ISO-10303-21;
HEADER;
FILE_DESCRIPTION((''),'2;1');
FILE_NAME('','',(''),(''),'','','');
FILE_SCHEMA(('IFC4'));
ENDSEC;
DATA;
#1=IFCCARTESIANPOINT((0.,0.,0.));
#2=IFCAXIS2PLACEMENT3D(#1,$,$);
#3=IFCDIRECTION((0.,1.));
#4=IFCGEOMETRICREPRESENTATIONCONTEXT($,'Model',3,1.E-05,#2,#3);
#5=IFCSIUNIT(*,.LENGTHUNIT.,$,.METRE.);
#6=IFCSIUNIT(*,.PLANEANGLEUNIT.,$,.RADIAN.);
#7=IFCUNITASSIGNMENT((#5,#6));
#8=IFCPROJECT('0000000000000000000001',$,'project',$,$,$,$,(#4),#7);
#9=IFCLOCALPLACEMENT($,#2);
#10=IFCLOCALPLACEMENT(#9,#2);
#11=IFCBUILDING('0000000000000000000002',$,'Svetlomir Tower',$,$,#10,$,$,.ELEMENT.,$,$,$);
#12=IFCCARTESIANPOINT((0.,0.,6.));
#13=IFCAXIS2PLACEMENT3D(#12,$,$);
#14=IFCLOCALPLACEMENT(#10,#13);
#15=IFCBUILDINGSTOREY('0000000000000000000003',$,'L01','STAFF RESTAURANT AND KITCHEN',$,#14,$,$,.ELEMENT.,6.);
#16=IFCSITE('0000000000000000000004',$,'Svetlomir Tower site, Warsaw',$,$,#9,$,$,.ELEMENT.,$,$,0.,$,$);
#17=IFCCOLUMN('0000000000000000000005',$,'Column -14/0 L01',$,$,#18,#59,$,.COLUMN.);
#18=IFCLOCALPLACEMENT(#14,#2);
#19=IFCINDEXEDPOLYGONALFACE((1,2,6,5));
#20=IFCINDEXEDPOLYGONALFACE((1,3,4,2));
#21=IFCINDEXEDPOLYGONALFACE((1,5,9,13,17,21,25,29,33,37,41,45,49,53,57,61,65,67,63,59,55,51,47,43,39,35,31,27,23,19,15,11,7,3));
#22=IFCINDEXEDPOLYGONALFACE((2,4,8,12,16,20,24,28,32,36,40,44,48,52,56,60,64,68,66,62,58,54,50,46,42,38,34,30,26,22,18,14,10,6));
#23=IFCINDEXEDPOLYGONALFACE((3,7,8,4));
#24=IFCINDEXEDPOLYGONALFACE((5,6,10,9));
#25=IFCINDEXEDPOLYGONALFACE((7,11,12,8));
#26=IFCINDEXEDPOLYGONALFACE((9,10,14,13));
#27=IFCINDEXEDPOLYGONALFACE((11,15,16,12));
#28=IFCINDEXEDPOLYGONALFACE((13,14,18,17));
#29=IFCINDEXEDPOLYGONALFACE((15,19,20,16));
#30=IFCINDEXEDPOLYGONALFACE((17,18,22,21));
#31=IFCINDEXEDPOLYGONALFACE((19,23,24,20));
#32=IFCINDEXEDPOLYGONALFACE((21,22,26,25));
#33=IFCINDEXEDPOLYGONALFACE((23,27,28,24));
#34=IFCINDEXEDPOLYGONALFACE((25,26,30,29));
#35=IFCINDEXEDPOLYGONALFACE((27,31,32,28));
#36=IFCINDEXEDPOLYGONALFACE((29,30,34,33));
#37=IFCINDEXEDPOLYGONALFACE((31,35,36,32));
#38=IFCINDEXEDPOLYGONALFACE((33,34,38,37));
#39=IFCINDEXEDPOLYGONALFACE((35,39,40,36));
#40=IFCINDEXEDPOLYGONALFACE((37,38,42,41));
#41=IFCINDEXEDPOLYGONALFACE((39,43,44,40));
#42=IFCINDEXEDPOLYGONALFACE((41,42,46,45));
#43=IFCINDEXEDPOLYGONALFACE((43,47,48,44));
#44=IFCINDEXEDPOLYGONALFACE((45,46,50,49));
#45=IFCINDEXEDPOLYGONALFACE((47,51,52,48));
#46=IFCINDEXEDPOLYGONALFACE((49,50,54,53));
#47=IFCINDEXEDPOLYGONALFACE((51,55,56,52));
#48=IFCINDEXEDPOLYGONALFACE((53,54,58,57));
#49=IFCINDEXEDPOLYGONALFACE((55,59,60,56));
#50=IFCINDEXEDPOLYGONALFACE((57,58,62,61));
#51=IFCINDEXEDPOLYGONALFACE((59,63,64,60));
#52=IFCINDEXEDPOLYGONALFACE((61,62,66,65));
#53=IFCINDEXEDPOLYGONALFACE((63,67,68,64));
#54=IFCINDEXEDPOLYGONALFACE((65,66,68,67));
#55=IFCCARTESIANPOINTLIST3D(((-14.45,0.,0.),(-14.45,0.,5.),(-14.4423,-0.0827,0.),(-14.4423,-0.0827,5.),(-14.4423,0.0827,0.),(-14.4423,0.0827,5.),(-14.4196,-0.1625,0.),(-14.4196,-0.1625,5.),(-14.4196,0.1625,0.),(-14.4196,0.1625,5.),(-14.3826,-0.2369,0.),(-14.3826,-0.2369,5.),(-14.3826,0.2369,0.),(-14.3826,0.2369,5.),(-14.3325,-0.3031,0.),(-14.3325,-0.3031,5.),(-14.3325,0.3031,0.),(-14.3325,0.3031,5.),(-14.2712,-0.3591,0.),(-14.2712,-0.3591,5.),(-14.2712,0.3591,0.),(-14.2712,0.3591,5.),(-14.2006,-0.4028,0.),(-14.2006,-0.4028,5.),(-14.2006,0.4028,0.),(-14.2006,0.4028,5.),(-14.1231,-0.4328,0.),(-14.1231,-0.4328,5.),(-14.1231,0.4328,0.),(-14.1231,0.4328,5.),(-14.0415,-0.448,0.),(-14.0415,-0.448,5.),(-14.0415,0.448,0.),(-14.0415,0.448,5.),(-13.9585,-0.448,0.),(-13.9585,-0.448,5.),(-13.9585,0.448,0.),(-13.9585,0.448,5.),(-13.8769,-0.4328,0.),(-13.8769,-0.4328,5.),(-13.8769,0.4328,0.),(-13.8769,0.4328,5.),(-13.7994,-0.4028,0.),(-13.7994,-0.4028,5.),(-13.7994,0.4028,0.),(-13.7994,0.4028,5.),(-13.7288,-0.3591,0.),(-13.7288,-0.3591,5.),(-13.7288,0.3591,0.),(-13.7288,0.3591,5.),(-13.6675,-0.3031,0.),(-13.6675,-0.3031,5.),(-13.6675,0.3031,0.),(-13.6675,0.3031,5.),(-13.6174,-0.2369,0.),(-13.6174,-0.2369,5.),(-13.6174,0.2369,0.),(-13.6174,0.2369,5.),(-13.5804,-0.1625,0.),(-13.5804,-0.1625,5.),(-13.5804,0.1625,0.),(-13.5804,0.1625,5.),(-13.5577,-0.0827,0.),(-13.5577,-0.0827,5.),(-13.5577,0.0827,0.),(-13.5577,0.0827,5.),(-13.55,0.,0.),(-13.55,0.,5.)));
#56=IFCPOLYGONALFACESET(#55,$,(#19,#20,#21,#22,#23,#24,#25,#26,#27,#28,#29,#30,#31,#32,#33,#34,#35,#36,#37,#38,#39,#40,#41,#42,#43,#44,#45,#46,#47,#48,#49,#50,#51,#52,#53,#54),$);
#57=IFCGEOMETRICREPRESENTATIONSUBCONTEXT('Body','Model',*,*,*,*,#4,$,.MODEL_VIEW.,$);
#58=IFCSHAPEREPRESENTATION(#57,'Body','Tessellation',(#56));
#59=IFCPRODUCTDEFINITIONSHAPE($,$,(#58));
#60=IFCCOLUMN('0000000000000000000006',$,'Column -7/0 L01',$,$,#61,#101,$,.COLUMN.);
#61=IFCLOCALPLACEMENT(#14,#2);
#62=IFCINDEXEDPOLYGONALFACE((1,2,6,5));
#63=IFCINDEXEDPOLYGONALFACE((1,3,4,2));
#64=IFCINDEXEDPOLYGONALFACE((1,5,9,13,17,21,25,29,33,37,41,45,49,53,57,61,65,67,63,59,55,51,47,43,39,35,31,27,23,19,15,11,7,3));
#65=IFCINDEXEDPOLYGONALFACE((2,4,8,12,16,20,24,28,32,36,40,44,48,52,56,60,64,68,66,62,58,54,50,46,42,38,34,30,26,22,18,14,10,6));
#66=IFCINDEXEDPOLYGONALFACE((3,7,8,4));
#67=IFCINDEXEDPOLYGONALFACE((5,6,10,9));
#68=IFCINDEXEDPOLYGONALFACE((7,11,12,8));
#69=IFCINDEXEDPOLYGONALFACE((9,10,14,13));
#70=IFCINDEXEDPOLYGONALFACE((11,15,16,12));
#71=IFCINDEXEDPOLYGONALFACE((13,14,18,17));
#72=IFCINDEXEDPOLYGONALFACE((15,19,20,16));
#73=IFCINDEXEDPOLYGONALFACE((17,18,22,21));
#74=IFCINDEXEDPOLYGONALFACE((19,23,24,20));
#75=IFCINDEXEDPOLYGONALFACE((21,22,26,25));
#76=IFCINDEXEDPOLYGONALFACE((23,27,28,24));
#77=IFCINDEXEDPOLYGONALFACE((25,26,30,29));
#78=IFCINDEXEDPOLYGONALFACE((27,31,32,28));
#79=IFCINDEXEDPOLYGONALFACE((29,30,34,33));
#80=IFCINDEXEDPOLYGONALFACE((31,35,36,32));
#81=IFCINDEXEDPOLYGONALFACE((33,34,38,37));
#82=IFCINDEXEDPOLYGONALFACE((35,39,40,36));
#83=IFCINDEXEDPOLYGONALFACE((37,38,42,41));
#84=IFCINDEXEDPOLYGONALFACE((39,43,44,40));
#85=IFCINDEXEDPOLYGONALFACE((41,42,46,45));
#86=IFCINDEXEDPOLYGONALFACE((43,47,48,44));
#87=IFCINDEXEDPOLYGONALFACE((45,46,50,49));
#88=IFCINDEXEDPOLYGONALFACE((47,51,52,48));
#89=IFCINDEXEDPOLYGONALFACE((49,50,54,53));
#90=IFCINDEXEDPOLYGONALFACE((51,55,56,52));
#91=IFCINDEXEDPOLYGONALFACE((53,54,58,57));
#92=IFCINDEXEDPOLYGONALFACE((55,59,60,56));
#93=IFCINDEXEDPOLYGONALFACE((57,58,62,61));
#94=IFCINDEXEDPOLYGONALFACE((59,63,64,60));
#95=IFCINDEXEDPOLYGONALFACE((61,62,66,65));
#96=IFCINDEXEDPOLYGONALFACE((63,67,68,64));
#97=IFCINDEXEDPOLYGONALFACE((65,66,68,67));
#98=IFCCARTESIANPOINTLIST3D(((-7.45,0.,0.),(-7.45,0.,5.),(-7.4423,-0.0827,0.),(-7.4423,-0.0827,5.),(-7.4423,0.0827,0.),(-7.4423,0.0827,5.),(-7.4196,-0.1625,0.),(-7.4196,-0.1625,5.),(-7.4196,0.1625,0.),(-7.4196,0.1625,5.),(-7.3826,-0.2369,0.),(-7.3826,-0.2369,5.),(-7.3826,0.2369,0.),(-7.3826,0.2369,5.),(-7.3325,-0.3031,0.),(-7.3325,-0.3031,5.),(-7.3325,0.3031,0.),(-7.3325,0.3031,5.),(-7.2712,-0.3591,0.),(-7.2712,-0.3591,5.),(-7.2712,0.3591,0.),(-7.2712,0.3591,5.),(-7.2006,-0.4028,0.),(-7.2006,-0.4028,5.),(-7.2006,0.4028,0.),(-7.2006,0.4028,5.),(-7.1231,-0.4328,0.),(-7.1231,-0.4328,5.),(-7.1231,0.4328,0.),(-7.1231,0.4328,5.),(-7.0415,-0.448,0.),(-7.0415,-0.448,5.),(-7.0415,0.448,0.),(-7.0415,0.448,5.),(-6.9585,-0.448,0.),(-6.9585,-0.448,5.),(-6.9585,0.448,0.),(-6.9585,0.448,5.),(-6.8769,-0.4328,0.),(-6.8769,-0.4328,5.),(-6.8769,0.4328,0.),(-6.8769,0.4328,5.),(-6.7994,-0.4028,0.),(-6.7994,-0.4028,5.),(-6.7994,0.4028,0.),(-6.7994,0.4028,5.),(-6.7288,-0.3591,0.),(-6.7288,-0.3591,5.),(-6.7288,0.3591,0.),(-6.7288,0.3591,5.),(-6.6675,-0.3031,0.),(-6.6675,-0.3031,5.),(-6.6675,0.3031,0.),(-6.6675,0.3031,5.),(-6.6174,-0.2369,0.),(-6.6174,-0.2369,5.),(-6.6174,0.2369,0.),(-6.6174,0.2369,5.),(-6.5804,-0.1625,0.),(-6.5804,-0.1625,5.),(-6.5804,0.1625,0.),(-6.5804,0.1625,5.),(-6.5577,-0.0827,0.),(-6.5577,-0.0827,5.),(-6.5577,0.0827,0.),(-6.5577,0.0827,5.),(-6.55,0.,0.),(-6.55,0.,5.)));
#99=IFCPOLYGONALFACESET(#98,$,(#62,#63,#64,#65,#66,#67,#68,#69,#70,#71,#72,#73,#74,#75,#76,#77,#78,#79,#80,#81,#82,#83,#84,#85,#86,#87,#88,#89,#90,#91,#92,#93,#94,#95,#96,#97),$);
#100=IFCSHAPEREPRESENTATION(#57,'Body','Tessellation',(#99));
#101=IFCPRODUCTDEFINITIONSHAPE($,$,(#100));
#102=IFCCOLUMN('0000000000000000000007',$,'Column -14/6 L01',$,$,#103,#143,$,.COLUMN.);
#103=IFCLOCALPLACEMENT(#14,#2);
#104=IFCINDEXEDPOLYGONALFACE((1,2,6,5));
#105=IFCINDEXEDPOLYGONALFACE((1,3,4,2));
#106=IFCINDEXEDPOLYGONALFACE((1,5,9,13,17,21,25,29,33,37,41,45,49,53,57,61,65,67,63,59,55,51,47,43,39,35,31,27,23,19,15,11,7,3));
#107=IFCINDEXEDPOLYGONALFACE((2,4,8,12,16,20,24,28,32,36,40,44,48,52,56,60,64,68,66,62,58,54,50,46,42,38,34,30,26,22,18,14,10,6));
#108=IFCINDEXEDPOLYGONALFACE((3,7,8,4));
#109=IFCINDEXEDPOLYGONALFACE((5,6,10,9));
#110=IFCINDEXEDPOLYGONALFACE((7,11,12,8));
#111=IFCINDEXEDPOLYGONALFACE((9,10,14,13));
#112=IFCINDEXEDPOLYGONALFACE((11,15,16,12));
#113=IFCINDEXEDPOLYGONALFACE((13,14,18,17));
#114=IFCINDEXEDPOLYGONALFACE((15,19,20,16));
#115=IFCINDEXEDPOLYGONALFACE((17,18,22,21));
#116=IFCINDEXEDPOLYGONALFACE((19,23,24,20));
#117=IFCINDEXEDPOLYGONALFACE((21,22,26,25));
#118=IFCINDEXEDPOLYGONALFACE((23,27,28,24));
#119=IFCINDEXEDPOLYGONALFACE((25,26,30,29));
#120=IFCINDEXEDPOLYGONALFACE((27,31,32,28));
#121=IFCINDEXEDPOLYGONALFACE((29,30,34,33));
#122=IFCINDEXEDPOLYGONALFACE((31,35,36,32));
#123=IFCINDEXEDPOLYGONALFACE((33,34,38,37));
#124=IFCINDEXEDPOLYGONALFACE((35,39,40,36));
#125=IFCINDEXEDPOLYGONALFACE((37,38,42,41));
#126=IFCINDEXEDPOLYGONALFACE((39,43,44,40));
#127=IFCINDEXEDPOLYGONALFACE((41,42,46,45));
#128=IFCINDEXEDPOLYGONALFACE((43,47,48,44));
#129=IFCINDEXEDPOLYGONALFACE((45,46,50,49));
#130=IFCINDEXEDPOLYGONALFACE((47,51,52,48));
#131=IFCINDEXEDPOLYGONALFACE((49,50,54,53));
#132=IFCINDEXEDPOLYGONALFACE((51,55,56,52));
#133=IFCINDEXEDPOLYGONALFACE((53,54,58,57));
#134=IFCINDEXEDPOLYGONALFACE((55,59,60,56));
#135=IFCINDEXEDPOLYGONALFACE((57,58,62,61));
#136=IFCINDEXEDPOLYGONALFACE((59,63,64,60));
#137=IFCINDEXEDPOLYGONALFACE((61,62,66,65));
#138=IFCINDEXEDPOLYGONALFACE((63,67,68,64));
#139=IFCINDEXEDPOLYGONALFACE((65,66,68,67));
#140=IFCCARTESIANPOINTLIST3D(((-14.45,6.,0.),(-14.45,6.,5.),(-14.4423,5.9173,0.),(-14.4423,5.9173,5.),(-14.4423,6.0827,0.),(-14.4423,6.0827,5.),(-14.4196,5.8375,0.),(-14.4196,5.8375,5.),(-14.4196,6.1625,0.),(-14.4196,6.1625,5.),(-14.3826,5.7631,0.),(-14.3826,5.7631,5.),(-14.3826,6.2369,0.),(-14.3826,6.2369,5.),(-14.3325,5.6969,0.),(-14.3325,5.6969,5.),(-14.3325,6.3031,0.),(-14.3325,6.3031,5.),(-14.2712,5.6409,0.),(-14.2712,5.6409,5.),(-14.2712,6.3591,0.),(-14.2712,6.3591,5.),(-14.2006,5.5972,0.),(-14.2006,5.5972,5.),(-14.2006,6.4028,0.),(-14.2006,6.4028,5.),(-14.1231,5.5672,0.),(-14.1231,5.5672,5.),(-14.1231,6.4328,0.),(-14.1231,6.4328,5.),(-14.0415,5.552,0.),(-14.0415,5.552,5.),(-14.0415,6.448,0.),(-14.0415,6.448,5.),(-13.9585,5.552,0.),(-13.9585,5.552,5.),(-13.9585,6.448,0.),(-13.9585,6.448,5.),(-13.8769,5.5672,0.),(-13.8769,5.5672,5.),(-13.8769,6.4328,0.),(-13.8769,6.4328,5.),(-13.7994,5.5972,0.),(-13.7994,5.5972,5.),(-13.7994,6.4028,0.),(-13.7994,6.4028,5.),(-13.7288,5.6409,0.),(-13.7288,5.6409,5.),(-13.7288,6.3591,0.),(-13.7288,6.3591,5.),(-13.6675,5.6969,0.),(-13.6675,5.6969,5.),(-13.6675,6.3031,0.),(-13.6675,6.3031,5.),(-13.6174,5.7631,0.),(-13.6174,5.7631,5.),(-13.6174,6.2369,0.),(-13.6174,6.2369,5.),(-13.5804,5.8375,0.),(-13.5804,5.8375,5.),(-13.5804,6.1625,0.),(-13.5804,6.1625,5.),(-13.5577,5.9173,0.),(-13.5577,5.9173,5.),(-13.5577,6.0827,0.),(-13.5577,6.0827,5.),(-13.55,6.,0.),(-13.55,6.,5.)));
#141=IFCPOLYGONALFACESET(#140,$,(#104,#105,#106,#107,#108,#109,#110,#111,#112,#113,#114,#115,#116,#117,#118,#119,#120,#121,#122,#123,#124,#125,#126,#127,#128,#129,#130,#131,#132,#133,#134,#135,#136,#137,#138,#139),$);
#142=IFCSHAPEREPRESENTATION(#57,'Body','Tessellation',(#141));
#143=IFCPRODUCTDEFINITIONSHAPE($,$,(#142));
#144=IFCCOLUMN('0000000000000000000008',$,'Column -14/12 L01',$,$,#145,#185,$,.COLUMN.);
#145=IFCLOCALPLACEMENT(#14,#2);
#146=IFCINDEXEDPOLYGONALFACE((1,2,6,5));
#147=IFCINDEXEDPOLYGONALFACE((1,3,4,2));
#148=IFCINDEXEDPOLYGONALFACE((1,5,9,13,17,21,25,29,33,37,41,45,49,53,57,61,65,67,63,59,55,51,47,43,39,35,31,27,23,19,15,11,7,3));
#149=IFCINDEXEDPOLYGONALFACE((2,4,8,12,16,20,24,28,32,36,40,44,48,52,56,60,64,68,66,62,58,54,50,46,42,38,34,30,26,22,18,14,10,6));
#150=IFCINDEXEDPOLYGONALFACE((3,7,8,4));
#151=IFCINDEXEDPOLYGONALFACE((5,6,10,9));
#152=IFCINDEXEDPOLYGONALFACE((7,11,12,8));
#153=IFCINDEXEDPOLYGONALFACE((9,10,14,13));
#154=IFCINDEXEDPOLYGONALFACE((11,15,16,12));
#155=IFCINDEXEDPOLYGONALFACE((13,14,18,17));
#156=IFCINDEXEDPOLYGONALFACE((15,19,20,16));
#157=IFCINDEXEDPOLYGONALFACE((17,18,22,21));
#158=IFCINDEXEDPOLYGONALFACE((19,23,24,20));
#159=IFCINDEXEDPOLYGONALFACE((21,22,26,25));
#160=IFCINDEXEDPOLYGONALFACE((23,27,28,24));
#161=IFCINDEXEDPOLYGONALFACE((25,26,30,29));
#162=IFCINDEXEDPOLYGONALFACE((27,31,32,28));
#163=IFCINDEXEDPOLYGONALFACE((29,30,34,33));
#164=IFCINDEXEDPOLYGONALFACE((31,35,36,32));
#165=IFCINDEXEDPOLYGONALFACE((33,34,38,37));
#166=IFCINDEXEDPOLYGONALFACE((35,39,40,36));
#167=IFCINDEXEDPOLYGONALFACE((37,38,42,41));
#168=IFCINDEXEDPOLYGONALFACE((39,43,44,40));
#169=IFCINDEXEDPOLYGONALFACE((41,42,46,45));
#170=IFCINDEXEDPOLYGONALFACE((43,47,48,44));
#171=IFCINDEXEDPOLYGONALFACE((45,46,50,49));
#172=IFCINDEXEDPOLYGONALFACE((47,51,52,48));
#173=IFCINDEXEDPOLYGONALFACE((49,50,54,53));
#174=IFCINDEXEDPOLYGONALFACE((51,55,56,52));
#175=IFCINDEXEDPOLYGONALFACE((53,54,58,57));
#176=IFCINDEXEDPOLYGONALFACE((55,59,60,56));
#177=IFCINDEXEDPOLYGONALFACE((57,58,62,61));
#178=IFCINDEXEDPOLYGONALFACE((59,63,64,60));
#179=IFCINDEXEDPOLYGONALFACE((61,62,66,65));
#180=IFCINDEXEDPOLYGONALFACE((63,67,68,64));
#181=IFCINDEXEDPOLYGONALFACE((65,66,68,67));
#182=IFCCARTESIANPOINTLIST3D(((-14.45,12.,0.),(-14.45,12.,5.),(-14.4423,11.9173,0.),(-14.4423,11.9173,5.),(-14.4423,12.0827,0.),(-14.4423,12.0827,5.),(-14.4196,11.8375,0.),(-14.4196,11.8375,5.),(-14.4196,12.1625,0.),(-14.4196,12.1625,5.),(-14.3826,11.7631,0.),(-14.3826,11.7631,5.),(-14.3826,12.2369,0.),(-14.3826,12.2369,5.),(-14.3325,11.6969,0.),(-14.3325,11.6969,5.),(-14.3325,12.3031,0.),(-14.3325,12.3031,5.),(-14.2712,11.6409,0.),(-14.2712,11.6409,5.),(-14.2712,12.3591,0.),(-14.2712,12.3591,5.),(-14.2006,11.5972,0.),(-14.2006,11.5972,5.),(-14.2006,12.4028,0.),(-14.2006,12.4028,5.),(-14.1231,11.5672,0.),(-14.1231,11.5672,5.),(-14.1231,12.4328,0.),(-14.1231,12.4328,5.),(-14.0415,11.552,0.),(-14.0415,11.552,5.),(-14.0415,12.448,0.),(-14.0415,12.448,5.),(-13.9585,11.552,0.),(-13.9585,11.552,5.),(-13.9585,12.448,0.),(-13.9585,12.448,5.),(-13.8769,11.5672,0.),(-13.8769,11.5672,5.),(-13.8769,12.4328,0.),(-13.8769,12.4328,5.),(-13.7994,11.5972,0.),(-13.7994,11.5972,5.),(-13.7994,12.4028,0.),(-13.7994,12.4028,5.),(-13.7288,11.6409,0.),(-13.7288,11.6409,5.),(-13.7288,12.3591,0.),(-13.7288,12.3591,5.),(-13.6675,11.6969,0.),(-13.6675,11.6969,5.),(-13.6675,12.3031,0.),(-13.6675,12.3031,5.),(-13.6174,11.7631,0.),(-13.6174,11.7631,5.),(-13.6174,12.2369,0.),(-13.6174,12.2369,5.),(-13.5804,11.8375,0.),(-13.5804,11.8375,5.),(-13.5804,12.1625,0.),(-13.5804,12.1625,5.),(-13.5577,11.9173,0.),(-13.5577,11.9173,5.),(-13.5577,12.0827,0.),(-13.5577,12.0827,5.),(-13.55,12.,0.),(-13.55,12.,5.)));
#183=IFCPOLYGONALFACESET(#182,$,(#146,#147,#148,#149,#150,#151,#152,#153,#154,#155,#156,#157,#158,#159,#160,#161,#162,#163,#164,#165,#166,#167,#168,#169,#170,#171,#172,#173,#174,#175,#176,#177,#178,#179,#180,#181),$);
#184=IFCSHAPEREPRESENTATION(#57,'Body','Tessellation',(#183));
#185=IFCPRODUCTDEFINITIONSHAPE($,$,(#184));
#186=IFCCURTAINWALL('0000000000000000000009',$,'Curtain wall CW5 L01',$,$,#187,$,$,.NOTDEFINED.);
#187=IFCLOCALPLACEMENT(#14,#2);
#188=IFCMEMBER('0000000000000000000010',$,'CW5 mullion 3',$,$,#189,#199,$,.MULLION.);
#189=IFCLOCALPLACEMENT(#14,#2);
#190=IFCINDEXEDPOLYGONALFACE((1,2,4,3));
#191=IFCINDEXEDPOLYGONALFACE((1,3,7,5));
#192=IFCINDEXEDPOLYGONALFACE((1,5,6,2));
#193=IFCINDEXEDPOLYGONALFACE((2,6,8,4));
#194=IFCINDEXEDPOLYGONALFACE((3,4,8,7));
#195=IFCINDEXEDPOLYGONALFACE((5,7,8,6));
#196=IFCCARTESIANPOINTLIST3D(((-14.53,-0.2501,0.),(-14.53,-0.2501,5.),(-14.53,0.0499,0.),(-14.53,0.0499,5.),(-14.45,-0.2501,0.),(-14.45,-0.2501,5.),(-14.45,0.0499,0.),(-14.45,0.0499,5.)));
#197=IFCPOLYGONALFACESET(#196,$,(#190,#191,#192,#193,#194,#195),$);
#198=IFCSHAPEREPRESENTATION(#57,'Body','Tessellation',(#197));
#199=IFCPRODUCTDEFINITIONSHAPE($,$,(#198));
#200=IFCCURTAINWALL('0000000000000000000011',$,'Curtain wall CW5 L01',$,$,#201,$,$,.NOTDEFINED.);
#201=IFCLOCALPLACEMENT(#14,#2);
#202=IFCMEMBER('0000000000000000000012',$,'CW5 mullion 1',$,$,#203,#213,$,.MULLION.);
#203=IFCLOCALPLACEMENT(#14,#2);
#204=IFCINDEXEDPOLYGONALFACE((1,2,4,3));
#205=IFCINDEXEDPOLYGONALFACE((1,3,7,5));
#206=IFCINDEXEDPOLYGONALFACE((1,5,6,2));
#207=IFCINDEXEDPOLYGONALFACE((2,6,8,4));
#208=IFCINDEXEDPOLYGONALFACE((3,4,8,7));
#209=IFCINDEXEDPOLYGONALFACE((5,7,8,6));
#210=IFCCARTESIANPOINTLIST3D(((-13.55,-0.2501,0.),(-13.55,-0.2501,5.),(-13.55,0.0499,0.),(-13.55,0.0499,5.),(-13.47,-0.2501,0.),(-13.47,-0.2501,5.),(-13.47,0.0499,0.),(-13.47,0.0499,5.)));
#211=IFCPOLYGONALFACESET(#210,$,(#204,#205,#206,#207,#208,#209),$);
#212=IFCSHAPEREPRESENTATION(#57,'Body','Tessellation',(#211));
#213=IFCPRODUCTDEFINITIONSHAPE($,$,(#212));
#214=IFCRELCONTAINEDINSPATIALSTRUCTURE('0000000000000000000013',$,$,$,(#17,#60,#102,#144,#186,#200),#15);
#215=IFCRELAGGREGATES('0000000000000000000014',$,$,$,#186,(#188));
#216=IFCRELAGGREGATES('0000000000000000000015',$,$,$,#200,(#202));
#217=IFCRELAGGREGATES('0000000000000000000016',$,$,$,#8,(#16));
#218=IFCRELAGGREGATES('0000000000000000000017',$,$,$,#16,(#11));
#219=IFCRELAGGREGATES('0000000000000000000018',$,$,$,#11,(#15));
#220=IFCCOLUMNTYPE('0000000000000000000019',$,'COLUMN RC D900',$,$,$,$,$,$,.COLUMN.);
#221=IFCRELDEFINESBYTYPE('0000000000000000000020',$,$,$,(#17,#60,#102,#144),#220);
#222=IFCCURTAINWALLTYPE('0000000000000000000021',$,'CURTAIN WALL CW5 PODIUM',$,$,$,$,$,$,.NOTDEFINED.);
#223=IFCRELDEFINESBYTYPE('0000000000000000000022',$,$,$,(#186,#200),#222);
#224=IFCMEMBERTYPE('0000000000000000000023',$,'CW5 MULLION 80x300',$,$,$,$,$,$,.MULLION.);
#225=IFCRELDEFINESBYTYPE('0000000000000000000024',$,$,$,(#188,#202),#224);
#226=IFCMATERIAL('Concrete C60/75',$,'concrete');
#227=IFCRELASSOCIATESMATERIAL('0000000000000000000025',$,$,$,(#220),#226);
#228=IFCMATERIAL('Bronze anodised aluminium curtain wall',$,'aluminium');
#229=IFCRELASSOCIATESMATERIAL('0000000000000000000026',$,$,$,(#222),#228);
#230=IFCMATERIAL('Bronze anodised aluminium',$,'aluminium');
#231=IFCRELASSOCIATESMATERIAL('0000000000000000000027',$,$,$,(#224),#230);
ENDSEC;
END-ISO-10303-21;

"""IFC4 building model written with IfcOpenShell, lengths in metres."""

from ifc_helpers import new_model, si_unit, direction, frame, origin, origin_2d, place, context, subcontext, project, spatial, rectangle, circle, extrude, material, material_profile, profile_set, type_object, element, aggregate, save


model = new_model("IFC4")

# Units and contexts
model_context = context("Model", 3, precision=1e-05, world=origin(), true_north=direction((0.0, 1.0)))
body_context = subcontext(model_context, "Body", "Model", "MODEL_VIEW")
ifc_project = project(units=[si_unit("LENGTHUNIT", "METRE"), si_unit("PLANEANGLEUNIT", "RADIAN")], contexts=[model_context])

# Site, building, storey
site_placement = place(None, origin())
site = spatial("IfcSite", under=ifc_project, at=site_placement, Name="Svetlomir Tower site, Warsaw", CompositionType="ELEMENT", RefElevation=0.0)
building_placement = place(site_placement, origin())
building = spatial("IfcBuilding", under=site, at=building_placement, Name="Svetlomir Tower", CompositionType="ELEMENT")
storey_placement = place(building_placement, frame((0.0, 0.0, 6.0)))
storey = spatial("IfcBuildingStorey", under=building, at=storey_placement, Name="L01", Description="STAFF RESTAURANT AND KITCHEN", CompositionType="ELEMENT", Elevation=6.0)

# Columns
ifc_material_1 = material(Name="Concrete C60/75", Category="concrete")
ifc_material_profile_1 = material_profile(ifc_material_1, circle(Radius=0.45, at=origin_2d()), Name="RC D900")
ifc_profile_set_1 = profile_set([ifc_material_profile_1], Name="Concrete C60/75")
column_type = type_object("IfcColumnType", Name="COLUMN RC D900", PredefinedType="COLUMN", material=ifc_profile_set_1)
for number, where, z_axis, x_axis, name in (
    (1, (-14.0, 0.0, 0.0), (0.0, 0.0, 1.0), (1.0, 0.0, 0.0), "Column -14/0 L01"),
    (2, (-7.0, 0.0, 0.0), (0.0, 0.0, 1.0), (1.0, 0.0, 0.0), "Column -7/0 L01"),
    (3, (-14.0, 6.0, 0.0), (0.0, 0.0, 1.0), (1.0, 0.0, 0.0), "Column -14/6 L01"),
    (4, (-14.0, 12.0, 0.0), (0.0, 0.0, 1.0), (1.0, 0.0, 0.0), "Column -14/12 L01"),
):
    element("IfcColumn", number, at=place(storey_placement, frame(where, z_axis=z_axis, x_axis=x_axis)), inside=storey, type_object=column_type, Name=name, PredefinedType="COLUMN", context=body_context, shape_type="SweptSolid", body=[
        extrude(circle(Radius=0.45, at=origin_2d()), origin(), (0.0, 0.0, 1.0), 5.0),
    ])

# Curtain wall, member
ifc_material_2 = material(Name="Bronze anodised aluminium curtain wall", Category="aluminium")
curtain_wall_type = type_object("IfcCurtainWallType", Name="CURTAIN WALL CW5 PODIUM", PredefinedType="NOTDEFINED", material=ifc_material_2)
curtain_wall_1_placement = place(storey_placement, origin())
curtain_wall_1 = element("IfcCurtainWall", 5, at=curtain_wall_1_placement, inside=storey, type_object=curtain_wall_type, Name="Curtain wall CW5 L01", PredefinedType="NOTDEFINED")
ifc_material_3 = material(Name="Bronze anodised aluminium", Category="aluminium")
ifc_material_profile_2 = material_profile(ifc_material_3, rectangle(XDim=0.0801, YDim=0.3, at=origin_2d()), Name="AL 80x300")
ifc_profile_set_2 = profile_set([ifc_material_profile_2], Name="Bronze anodised aluminium 6063-T6")
member_type_1 = type_object("IfcMemberType", Name="CW5 MULLION 80x300", PredefinedType="MULLION", material=ifc_profile_set_2)
member_1_placement = place(storey_placement, frame((-14.49, -0.1001, 0.0), z_axis=(0.0, 0.0, 1.0), x_axis=(1.0, 0.0, 0.0)))
member_1 = element("IfcMember", 6, at=member_1_placement, type_object=member_type_1, Name="CW5 mullion 3", PredefinedType="MULLION", context=body_context, shape_type="SweptSolid", body=[
    extrude(rectangle(XDim=0.0801, YDim=0.3, at=origin_2d()), origin(), (0.0, 0.0, 1.0), 5.0),
])
aggregate(curtain_wall_1, [member_1])

# Curtain wall, member
curtain_wall_2_placement = place(storey_placement, origin())
curtain_wall_2 = element("IfcCurtainWall", 7, at=curtain_wall_2_placement, inside=storey, type_object=curtain_wall_type, Name="Curtain wall CW5 L01", PredefinedType="NOTDEFINED")
member_2_placement = place(storey_placement, frame((-13.51, -0.1001, 0.0), z_axis=(0.0, 0.0, 1.0), x_axis=(1.0, 0.0, 0.0)))
member_2 = element("IfcMember", 8, at=member_2_placement, type_object=member_type_1, Name="CW5 mullion 1", PredefinedType="MULLION", context=body_context, shape_type="SweptSolid", body=[
    extrude(rectangle(XDim=0.0801, YDim=0.3, at=origin_2d()), origin(), (0.0, 0.0, 1.0), 5.0),
])

aggregate(curtain_wall_2, [member_2])

save(model, "model.ifc")
